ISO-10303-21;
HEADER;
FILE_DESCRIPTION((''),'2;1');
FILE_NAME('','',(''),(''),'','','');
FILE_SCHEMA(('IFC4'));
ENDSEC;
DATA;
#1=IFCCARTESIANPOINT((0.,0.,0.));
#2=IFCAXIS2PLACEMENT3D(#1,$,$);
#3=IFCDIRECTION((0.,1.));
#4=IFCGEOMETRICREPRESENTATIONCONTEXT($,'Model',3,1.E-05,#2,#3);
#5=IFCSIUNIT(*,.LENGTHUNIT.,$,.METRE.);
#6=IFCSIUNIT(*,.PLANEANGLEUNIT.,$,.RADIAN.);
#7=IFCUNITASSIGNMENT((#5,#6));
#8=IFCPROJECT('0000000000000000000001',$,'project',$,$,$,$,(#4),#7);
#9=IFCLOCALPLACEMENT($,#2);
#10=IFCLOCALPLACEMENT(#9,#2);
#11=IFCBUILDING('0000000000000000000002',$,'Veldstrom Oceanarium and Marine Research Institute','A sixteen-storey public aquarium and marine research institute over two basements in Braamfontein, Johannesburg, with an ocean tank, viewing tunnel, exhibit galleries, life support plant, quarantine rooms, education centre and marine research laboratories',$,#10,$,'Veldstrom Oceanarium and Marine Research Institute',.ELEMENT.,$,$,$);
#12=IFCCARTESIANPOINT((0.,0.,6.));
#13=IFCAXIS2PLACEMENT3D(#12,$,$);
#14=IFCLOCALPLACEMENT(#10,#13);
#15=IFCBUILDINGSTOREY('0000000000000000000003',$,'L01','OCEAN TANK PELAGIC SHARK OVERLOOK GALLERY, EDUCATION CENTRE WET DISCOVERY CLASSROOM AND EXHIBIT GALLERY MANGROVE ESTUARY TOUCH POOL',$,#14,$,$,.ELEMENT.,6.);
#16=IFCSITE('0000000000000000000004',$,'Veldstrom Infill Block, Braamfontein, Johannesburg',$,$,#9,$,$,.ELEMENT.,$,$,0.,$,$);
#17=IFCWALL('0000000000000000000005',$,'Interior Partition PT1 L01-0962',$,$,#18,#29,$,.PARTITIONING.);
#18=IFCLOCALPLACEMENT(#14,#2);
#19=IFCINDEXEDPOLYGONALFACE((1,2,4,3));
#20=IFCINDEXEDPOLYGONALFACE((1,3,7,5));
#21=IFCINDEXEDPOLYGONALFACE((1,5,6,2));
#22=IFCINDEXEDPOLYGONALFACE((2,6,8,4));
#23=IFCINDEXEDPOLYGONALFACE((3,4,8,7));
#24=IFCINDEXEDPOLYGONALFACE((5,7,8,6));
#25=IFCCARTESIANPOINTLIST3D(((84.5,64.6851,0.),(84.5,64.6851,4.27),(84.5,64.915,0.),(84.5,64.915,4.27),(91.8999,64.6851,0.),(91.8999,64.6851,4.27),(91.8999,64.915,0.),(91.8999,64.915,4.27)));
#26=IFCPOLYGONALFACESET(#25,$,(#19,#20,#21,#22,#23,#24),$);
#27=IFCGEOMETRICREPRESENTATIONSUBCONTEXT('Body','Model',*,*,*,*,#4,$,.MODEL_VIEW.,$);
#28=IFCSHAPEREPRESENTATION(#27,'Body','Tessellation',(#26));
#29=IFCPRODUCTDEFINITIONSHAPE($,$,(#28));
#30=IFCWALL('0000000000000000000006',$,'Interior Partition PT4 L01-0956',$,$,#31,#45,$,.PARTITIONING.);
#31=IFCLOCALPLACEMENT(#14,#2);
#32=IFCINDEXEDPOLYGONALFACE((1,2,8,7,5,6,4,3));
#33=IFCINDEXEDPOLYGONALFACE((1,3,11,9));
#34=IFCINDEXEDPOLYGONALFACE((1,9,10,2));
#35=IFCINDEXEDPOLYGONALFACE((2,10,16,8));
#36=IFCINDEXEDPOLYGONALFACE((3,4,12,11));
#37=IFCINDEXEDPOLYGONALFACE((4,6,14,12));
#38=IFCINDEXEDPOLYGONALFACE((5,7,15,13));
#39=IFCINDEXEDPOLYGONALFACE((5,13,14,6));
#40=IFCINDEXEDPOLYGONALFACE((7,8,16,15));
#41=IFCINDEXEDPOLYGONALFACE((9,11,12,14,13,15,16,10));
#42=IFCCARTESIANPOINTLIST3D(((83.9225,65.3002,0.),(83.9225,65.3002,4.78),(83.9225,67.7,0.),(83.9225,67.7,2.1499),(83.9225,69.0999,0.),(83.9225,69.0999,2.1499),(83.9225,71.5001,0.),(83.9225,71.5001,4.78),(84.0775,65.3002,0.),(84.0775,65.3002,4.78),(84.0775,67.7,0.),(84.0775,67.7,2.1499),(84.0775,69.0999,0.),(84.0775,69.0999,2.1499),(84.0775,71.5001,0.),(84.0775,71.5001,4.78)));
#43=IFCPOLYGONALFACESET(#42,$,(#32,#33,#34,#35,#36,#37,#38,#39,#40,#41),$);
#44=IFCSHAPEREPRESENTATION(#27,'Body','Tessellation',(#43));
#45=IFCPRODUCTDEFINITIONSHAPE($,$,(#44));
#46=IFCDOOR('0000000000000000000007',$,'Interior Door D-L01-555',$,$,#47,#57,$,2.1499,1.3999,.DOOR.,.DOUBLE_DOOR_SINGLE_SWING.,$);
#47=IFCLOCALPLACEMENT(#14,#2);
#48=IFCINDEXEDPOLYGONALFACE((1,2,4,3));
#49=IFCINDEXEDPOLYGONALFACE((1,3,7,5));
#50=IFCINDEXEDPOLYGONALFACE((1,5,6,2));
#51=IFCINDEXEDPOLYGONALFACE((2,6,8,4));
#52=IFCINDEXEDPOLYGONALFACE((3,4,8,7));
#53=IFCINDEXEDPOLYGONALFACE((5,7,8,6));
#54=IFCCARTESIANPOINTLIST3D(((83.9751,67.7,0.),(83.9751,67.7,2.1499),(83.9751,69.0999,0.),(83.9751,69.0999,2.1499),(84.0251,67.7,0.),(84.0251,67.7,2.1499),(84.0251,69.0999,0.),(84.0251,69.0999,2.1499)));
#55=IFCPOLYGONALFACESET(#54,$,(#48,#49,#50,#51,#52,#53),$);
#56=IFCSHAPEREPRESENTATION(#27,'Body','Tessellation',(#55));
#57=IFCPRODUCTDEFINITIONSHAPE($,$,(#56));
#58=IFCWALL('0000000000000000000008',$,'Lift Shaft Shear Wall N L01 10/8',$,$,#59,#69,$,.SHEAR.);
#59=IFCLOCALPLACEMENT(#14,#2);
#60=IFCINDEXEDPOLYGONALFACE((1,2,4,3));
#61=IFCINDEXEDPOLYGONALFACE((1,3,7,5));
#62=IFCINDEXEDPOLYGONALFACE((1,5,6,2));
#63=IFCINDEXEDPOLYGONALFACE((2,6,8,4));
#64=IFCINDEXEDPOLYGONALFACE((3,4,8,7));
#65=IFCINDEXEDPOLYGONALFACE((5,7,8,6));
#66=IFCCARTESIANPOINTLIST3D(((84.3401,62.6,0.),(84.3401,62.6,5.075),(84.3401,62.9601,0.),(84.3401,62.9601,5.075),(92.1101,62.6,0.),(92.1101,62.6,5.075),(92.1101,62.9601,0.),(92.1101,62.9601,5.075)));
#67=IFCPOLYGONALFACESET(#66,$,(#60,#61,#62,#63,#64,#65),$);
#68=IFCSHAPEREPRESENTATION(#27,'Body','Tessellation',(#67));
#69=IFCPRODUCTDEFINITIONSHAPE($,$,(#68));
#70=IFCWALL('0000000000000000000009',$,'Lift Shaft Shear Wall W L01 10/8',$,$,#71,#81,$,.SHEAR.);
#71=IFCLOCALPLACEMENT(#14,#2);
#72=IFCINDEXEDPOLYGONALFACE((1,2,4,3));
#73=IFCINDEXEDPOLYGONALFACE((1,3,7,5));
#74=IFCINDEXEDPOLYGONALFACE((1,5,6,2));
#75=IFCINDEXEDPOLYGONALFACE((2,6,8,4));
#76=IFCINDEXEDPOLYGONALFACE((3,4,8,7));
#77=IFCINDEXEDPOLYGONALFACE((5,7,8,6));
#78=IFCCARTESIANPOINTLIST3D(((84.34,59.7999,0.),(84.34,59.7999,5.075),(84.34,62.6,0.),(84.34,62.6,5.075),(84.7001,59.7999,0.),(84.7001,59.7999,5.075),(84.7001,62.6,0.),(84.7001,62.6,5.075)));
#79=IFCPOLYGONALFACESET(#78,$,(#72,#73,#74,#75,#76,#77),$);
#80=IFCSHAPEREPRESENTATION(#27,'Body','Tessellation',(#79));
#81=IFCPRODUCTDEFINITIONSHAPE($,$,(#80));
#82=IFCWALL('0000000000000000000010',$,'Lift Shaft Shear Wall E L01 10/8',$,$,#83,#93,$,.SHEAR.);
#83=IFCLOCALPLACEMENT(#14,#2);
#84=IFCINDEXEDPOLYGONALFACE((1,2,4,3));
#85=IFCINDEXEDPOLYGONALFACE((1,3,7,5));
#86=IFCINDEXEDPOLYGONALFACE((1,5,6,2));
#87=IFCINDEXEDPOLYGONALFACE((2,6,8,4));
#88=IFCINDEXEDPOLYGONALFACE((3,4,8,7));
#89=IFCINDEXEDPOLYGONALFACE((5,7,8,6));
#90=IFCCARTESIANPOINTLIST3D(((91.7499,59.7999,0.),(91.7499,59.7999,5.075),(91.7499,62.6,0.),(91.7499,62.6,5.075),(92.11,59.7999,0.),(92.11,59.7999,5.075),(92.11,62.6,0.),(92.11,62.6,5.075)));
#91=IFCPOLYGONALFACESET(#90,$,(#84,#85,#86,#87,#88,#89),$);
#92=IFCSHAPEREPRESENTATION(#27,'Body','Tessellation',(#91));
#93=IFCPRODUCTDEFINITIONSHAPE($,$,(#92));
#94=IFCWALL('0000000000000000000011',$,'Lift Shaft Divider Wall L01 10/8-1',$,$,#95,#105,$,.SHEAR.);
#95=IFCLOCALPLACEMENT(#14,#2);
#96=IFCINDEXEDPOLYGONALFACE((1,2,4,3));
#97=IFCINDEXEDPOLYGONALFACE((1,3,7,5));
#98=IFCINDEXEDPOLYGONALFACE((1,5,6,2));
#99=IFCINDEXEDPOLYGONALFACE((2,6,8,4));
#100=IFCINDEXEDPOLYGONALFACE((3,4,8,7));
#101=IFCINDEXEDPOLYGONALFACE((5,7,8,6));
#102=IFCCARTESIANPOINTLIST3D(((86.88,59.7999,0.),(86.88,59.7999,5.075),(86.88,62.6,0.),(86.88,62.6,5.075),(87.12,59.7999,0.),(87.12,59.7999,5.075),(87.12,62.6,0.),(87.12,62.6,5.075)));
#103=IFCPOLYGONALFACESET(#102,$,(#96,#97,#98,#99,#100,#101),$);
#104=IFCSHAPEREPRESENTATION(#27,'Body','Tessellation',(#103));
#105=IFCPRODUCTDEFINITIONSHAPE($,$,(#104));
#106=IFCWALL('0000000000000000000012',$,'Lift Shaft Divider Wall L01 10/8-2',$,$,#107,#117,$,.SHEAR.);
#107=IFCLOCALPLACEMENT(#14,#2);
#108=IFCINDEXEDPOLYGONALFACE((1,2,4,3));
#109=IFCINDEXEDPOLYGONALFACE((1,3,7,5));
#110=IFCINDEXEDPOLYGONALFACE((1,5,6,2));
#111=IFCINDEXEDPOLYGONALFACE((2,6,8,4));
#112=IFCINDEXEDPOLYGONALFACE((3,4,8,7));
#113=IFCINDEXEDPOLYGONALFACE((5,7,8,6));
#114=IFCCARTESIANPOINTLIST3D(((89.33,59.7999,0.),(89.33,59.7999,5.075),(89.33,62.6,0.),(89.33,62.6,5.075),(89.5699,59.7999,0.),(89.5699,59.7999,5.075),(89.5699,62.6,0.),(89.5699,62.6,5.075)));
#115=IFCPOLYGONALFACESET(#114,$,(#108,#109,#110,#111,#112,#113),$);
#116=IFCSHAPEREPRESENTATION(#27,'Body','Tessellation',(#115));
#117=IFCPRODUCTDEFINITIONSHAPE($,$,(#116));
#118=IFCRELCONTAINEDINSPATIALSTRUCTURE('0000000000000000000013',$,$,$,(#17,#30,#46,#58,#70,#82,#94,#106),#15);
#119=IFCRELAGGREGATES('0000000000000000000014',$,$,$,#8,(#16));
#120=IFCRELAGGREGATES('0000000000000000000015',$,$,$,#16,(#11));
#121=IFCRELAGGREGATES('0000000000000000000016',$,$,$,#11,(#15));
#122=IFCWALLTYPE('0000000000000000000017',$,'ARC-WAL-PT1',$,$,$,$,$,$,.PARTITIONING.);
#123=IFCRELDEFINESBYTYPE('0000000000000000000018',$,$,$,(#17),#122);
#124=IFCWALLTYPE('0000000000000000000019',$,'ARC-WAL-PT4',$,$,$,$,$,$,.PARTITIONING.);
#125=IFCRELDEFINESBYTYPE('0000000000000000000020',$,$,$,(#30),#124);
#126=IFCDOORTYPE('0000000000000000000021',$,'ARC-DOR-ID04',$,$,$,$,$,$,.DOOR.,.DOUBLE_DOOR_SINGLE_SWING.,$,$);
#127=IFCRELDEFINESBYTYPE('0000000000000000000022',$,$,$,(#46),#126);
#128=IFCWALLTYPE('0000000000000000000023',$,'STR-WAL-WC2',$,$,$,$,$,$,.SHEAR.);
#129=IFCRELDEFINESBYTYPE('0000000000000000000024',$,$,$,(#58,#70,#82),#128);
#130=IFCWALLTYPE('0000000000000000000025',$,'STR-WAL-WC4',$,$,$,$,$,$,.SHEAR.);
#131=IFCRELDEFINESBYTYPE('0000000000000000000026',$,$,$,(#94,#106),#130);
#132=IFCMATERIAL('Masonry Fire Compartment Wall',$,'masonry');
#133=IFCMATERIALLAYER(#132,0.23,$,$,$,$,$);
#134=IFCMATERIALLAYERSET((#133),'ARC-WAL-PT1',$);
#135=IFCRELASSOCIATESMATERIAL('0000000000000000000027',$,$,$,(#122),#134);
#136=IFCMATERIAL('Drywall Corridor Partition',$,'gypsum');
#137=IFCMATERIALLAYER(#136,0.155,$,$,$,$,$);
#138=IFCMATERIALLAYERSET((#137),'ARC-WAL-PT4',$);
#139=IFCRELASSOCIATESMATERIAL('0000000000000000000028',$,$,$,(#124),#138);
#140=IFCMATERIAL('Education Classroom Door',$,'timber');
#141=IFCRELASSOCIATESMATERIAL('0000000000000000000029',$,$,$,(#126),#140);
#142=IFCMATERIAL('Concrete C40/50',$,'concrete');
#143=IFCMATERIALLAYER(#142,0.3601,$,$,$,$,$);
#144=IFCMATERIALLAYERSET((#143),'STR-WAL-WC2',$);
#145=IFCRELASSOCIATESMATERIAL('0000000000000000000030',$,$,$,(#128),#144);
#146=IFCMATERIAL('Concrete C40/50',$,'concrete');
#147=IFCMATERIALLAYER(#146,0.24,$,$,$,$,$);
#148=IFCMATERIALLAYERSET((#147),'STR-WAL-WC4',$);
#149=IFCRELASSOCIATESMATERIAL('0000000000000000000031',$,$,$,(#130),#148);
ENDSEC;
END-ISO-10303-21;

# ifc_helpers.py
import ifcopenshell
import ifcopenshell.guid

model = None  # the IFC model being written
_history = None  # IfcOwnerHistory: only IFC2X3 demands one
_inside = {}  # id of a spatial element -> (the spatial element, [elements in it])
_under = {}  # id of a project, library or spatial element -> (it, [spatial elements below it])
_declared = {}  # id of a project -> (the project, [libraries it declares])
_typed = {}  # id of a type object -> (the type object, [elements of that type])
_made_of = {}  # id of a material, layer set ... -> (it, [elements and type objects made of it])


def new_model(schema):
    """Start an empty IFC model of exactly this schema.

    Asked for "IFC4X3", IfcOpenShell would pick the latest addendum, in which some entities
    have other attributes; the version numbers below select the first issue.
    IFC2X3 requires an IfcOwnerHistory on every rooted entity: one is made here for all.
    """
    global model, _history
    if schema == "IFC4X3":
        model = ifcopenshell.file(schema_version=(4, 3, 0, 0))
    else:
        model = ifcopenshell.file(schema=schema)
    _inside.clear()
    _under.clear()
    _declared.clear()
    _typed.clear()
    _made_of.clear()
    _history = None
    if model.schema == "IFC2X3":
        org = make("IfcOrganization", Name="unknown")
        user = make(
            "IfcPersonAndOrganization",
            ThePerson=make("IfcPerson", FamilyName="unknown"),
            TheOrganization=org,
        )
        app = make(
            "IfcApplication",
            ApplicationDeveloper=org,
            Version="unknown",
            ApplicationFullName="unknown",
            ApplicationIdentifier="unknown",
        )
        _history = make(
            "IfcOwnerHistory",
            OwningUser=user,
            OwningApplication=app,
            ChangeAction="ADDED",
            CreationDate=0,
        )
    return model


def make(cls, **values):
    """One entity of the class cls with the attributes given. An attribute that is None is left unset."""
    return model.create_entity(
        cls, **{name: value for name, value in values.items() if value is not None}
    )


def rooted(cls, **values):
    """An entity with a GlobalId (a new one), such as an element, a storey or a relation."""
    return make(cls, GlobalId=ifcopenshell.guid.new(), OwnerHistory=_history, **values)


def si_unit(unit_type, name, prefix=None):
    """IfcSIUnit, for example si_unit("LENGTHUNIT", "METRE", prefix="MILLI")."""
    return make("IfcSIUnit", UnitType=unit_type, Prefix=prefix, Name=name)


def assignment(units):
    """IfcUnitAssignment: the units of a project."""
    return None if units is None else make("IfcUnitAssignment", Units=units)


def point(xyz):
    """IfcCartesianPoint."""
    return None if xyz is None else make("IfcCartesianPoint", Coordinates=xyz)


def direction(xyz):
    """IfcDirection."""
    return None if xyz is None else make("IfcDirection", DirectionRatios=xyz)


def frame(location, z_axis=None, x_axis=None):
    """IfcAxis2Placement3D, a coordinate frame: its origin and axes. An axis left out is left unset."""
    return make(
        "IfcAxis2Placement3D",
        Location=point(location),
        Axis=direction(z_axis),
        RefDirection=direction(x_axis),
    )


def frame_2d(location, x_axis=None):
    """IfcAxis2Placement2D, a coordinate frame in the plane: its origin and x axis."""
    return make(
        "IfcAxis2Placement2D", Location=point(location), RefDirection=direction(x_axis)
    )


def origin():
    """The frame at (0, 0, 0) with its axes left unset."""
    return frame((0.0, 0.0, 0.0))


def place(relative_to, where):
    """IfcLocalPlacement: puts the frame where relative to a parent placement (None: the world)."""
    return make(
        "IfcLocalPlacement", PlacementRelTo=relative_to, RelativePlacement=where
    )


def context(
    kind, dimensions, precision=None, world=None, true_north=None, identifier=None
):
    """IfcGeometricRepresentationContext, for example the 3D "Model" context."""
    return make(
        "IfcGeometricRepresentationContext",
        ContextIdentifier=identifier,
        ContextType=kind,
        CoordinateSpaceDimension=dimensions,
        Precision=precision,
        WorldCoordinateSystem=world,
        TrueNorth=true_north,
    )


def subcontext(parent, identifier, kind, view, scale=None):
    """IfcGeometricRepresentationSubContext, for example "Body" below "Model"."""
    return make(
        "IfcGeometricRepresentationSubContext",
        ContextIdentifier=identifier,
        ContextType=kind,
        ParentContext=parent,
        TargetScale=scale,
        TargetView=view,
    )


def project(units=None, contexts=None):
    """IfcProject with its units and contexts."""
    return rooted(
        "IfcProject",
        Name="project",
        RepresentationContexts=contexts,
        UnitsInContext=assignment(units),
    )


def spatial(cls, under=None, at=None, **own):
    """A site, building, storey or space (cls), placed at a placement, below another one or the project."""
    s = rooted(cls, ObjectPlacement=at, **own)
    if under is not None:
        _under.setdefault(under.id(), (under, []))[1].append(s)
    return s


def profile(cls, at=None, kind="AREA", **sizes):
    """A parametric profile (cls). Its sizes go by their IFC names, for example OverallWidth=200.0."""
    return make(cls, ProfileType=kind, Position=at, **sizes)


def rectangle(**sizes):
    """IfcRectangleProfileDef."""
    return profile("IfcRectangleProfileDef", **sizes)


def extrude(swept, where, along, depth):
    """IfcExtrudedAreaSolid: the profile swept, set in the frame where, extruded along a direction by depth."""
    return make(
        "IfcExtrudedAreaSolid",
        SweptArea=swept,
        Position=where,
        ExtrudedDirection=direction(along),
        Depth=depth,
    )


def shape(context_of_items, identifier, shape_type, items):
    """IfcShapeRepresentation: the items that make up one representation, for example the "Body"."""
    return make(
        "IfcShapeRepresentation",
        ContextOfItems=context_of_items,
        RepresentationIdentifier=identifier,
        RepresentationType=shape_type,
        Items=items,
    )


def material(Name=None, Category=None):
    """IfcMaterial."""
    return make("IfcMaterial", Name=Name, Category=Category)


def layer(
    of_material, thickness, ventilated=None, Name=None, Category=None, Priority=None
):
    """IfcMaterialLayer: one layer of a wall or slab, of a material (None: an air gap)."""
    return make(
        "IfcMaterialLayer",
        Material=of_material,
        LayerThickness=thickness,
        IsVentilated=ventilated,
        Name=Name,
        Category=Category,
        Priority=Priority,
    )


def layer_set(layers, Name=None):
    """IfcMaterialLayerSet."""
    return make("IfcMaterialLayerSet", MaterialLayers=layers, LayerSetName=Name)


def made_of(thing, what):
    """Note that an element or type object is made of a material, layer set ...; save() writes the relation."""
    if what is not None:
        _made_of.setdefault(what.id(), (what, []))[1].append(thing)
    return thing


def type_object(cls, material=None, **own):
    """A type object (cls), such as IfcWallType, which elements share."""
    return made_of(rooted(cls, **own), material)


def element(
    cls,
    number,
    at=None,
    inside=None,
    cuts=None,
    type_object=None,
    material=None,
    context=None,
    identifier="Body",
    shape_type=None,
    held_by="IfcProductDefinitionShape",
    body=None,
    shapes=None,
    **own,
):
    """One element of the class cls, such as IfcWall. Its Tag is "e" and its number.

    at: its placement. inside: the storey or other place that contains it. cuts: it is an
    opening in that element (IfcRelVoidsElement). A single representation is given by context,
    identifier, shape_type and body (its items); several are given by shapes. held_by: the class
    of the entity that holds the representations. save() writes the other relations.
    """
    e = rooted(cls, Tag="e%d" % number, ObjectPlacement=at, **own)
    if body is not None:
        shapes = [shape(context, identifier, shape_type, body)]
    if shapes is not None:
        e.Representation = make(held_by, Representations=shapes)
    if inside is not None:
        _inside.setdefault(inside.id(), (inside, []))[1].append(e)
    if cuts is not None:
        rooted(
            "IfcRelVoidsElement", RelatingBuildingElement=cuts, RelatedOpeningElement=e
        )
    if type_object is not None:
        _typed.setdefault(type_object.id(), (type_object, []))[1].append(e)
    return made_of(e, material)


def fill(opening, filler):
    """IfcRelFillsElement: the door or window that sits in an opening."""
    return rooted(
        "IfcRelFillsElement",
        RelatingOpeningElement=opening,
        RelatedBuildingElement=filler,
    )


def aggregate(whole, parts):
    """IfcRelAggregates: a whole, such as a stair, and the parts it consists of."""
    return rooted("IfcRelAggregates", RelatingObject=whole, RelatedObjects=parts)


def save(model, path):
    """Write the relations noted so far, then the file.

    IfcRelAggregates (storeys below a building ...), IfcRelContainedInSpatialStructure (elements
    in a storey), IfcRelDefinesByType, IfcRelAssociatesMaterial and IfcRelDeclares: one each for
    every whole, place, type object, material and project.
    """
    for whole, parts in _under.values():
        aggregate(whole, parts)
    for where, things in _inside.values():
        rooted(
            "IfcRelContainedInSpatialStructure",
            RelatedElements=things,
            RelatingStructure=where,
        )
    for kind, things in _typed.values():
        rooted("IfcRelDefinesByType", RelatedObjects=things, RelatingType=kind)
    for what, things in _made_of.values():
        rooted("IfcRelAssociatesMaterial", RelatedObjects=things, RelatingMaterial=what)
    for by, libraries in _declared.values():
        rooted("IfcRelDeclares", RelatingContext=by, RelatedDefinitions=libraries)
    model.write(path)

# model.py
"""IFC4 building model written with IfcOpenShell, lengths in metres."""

from ifc_helpers import new_model, si_unit, direction, frame, frame_2d, origin, place, context, subcontext, project, spatial, rectangle, extrude, material, layer, layer_set, type_object, element, fill, save


model = new_model("IFC4")

# Units and contexts
model_context = context("Model", 3, precision=1e-05, world=origin(), true_north=direction((0.0, 1.0)))
body_context = subcontext(model_context, "Body", "Model", "MODEL_VIEW")
ifc_project = project(units=[si_unit("LENGTHUNIT", "METRE"), si_unit("PLANEANGLEUNIT", "RADIAN")], contexts=[model_context])

# Site, building, storey
site_placement = place(None, origin())
site = spatial("IfcSite", under=ifc_project, at=site_placement, Name="Veldstrom Infill Block, Braamfontein, Johannesburg", CompositionType="ELEMENT", RefElevation=0.0)
building_placement = place(site_placement, origin())
building = spatial("IfcBuilding", under=site, at=building_placement, Name="Veldstrom Oceanarium and Marine Research Institute", Description="A sixteen-storey public aquarium and marine research institute over two basements in Braamfontein, Johannesburg, with an ocean tank, viewing tunnel, exhibit galleries, life support plant, quarantine rooms, education centre and marine research laboratories", LongName="Veldstrom Oceanarium and Marine Research Institute", CompositionType="ELEMENT")
storey_placement = place(building_placement, frame((0.0, 0.0, 6.0)))
storey = spatial("IfcBuildingStorey", under=building, at=storey_placement, Name="L01", Description="OCEAN TANK PELAGIC SHARK OVERLOOK GALLERY, EDUCATION CENTRE WET DISCOVERY CLASSROOM AND EXHIBIT GALLERY MANGROVE ESTUARY TOUCH POOL", CompositionType="ELEMENT", Elevation=6.0)

# Shared definitions
ifc_material_1 = material(Name="Masonry Fire Compartment Wall", Category="masonry")
ifc_layer_1 = layer(ifc_material_1, 0.23)
ifc_layer_set_1 = layer_set([ifc_layer_1], Name="ARC-WAL-PT1")
wall_type_1 = type_object("IfcWallType", Name="ARC-WAL-PT1", PredefinedType="PARTITIONING", material=ifc_layer_set_1)

# Wall
wall_1_placement = place(storey_placement, frame((84.5, 64.8, 0.0), z_axis=(0.0, 0.0, 1.0), x_axis=(1.0, 0.0, 0.0)))
element("IfcWall", 1, at=wall_1_placement, inside=storey, type_object=wall_type_1, Name="Interior Partition PT1 L01-0962", PredefinedType="PARTITIONING", context=body_context, shape_type="SweptSolid", body=[
    extrude(rectangle(XDim=7.3999, YDim=0.23, at=frame_2d((3.7, 0.0))), origin(), (0.0, 0.0, 1.0), 4.27),
])

# Wall, opening, door
ifc_material_2 = material(Name="Drywall Corridor Partition", Category="gypsum")
ifc_layer_2 = layer(ifc_material_2, 0.155)
ifc_layer_set_2 = layer_set([ifc_layer_2], Name="ARC-WAL-PT4")
wall_type_2 = type_object("IfcWallType", Name="ARC-WAL-PT4", PredefinedType="PARTITIONING", material=ifc_layer_set_2)
wall_2_placement = place(storey_placement, frame((84.0, 65.3, 0.0), z_axis=(0.0, 0.0, 1.0), x_axis=(0.0, 1.0, 0.0)))
wall_2 = element("IfcWall", 2, at=wall_2_placement, inside=storey, type_object=wall_type_2, Name="Interior Partition PT4 L01-0956", PredefinedType="PARTITIONING", context=body_context, shape_type="SweptSolid", body=[
    extrude(rectangle(XDim=6.2, YDim=0.155, at=frame_2d((3.1001, 0.0))), origin(), (0.0, 0.0, 1.0), 4.78),
])
opening_1_placement = place(wall_2_placement, frame((2.3999, 0.0, 0.0)))
opening_1 = element("IfcOpeningElement", 3, at=opening_1_placement, cuts=wall_2, PredefinedType="OPENING", context=body_context, shape_type="SweptSolid", body=[
    extrude(rectangle(XDim=1.3999, YDim=2.1499, at=frame_2d((0.7, 1.075))), frame((0.0, 0.0874, 0.0), z_axis=(0.0, -1.0, 0.0), x_axis=(1.0, 0.0, 0.0)), (0.0, 0.0, 1.0), 0.175),
])
ifc_material_3 = material(Name="Education Classroom Door", Category="timber")
door_type_1 = type_object("IfcDoorType", Name="ARC-DOR-ID04", OperationType="DOUBLE_DOOR_SINGLE_SWING", PredefinedType="DOOR", material=ifc_material_3)
door_1_placement = place(opening_1_placement, origin())
door_1 = element("IfcDoor", 4, at=door_1_placement, inside=storey, type_object=door_type_1, Name="Interior Door D-L01-555", OperationType="DOUBLE_DOOR_SINGLE_SWING", OverallHeight=2.1499, OverallWidth=1.3999, PredefinedType="DOOR", context=body_context, shape_type="SweptSolid", body=[
    extrude(rectangle(XDim=1.3999, YDim=2.1499, at=frame_2d((0.7, 1.075))), frame((0.0, 0.0249, 0.0), z_axis=(0.0, -1.0, 0.0), x_axis=(1.0, 0.0, 0.0)), (0.0, 0.0, 1.0), 0.05),
])
fill(opening_1, door_1)

# Wall
ifc_material_4 = material(Name="Concrete C40/50", Category="concrete")
ifc_layer_3 = layer(ifc_material_4, 0.3601)
ifc_layer_set_3 = layer_set([ifc_layer_3], Name="STR-WAL-WC2")
wall_type_3 = type_object("IfcWallType", Name="STR-WAL-WC2", PredefinedType="SHEAR", material=ifc_layer_set_3)
wall_3_placement = place(storey_placement, frame((84.3401, 62.78, 0.0), z_axis=(0.0, 0.0, 1.0), x_axis=(1.0, 0.0, 0.0)))
element("IfcWall", 5, at=wall_3_placement, inside=storey, type_object=wall_type_3, Name="Lift Shaft Shear Wall N L01 10/8", PredefinedType="SHEAR", context=body_context, shape_type="SweptSolid", body=[
    extrude(rectangle(XDim=7.77, YDim=0.3601, at=frame_2d((3.885, 0.0))), origin(), (0.0, 0.0, 1.0), 5.075),
])

# Walls
for number, where, z_axis, x_axis, name in (
    (6, (84.52, 59.8, 0.0), (0.0, 0.0, 1.0), (0.0, 1.0, 0.0), "Lift Shaft Shear Wall W L01 10/8"),
    (7, (91.9299, 59.8, 0.0), (0.0, 0.0, 1.0), (0.0, 1.0, 0.0), "Lift Shaft Shear Wall E L01 10/8"),
):
    element("IfcWall", number, at=place(storey_placement, frame(where, z_axis=z_axis, x_axis=x_axis)), inside=storey, type_object=wall_type_3, Name=name, PredefinedType="SHEAR", context=body_context, shape_type="SweptSolid", body=[
        extrude(rectangle(XDim=2.8, YDim=0.3601, at=frame_2d((1.3999, 0.0))), origin(), (0.0, 0.0, 1.0), 5.075),
    ])
ifc_material_5 = material(Name="Concrete C40/50", Category="concrete")
ifc_layer_4 = layer(ifc_material_5, 0.24)
ifc_layer_set_4 = layer_set([ifc_layer_4], Name="STR-WAL-WC4")
wall_type_4 = type_object("IfcWallType", Name="STR-WAL-WC4", PredefinedType="SHEAR", material=ifc_layer_set_4)
for number, where, z_axis, x_axis, name in (
    (8, (87.0, 59.8, 0.0), (0.0, 0.0, 1.0), (0.0, 1.0, 0.0), "Lift Shaft Divider Wall L01 10/8-1"),
    (9, (89.45, 59.8, 0.0), (0.0, 0.0, 1.0), (0.0, 1.0, 0.0), "Lift Shaft Divider Wall L01 10/8-2"),
):
    element("IfcWall", number, at=place(storey_placement, frame(where, z_axis=z_axis, x_axis=x_axis)), inside=storey, type_object=wall_type_4, Name=name, PredefinedType="SHEAR", context=body_context, shape_type="SweptSolid", body=[
        extrude(rectangle(XDim=2.8, YDim=0.24, at=frame_2d((1.3999, 0.0))), origin(), (0.0, 0.0, 1.0), 5.075),
    ])

save(model, "model.ifc")
